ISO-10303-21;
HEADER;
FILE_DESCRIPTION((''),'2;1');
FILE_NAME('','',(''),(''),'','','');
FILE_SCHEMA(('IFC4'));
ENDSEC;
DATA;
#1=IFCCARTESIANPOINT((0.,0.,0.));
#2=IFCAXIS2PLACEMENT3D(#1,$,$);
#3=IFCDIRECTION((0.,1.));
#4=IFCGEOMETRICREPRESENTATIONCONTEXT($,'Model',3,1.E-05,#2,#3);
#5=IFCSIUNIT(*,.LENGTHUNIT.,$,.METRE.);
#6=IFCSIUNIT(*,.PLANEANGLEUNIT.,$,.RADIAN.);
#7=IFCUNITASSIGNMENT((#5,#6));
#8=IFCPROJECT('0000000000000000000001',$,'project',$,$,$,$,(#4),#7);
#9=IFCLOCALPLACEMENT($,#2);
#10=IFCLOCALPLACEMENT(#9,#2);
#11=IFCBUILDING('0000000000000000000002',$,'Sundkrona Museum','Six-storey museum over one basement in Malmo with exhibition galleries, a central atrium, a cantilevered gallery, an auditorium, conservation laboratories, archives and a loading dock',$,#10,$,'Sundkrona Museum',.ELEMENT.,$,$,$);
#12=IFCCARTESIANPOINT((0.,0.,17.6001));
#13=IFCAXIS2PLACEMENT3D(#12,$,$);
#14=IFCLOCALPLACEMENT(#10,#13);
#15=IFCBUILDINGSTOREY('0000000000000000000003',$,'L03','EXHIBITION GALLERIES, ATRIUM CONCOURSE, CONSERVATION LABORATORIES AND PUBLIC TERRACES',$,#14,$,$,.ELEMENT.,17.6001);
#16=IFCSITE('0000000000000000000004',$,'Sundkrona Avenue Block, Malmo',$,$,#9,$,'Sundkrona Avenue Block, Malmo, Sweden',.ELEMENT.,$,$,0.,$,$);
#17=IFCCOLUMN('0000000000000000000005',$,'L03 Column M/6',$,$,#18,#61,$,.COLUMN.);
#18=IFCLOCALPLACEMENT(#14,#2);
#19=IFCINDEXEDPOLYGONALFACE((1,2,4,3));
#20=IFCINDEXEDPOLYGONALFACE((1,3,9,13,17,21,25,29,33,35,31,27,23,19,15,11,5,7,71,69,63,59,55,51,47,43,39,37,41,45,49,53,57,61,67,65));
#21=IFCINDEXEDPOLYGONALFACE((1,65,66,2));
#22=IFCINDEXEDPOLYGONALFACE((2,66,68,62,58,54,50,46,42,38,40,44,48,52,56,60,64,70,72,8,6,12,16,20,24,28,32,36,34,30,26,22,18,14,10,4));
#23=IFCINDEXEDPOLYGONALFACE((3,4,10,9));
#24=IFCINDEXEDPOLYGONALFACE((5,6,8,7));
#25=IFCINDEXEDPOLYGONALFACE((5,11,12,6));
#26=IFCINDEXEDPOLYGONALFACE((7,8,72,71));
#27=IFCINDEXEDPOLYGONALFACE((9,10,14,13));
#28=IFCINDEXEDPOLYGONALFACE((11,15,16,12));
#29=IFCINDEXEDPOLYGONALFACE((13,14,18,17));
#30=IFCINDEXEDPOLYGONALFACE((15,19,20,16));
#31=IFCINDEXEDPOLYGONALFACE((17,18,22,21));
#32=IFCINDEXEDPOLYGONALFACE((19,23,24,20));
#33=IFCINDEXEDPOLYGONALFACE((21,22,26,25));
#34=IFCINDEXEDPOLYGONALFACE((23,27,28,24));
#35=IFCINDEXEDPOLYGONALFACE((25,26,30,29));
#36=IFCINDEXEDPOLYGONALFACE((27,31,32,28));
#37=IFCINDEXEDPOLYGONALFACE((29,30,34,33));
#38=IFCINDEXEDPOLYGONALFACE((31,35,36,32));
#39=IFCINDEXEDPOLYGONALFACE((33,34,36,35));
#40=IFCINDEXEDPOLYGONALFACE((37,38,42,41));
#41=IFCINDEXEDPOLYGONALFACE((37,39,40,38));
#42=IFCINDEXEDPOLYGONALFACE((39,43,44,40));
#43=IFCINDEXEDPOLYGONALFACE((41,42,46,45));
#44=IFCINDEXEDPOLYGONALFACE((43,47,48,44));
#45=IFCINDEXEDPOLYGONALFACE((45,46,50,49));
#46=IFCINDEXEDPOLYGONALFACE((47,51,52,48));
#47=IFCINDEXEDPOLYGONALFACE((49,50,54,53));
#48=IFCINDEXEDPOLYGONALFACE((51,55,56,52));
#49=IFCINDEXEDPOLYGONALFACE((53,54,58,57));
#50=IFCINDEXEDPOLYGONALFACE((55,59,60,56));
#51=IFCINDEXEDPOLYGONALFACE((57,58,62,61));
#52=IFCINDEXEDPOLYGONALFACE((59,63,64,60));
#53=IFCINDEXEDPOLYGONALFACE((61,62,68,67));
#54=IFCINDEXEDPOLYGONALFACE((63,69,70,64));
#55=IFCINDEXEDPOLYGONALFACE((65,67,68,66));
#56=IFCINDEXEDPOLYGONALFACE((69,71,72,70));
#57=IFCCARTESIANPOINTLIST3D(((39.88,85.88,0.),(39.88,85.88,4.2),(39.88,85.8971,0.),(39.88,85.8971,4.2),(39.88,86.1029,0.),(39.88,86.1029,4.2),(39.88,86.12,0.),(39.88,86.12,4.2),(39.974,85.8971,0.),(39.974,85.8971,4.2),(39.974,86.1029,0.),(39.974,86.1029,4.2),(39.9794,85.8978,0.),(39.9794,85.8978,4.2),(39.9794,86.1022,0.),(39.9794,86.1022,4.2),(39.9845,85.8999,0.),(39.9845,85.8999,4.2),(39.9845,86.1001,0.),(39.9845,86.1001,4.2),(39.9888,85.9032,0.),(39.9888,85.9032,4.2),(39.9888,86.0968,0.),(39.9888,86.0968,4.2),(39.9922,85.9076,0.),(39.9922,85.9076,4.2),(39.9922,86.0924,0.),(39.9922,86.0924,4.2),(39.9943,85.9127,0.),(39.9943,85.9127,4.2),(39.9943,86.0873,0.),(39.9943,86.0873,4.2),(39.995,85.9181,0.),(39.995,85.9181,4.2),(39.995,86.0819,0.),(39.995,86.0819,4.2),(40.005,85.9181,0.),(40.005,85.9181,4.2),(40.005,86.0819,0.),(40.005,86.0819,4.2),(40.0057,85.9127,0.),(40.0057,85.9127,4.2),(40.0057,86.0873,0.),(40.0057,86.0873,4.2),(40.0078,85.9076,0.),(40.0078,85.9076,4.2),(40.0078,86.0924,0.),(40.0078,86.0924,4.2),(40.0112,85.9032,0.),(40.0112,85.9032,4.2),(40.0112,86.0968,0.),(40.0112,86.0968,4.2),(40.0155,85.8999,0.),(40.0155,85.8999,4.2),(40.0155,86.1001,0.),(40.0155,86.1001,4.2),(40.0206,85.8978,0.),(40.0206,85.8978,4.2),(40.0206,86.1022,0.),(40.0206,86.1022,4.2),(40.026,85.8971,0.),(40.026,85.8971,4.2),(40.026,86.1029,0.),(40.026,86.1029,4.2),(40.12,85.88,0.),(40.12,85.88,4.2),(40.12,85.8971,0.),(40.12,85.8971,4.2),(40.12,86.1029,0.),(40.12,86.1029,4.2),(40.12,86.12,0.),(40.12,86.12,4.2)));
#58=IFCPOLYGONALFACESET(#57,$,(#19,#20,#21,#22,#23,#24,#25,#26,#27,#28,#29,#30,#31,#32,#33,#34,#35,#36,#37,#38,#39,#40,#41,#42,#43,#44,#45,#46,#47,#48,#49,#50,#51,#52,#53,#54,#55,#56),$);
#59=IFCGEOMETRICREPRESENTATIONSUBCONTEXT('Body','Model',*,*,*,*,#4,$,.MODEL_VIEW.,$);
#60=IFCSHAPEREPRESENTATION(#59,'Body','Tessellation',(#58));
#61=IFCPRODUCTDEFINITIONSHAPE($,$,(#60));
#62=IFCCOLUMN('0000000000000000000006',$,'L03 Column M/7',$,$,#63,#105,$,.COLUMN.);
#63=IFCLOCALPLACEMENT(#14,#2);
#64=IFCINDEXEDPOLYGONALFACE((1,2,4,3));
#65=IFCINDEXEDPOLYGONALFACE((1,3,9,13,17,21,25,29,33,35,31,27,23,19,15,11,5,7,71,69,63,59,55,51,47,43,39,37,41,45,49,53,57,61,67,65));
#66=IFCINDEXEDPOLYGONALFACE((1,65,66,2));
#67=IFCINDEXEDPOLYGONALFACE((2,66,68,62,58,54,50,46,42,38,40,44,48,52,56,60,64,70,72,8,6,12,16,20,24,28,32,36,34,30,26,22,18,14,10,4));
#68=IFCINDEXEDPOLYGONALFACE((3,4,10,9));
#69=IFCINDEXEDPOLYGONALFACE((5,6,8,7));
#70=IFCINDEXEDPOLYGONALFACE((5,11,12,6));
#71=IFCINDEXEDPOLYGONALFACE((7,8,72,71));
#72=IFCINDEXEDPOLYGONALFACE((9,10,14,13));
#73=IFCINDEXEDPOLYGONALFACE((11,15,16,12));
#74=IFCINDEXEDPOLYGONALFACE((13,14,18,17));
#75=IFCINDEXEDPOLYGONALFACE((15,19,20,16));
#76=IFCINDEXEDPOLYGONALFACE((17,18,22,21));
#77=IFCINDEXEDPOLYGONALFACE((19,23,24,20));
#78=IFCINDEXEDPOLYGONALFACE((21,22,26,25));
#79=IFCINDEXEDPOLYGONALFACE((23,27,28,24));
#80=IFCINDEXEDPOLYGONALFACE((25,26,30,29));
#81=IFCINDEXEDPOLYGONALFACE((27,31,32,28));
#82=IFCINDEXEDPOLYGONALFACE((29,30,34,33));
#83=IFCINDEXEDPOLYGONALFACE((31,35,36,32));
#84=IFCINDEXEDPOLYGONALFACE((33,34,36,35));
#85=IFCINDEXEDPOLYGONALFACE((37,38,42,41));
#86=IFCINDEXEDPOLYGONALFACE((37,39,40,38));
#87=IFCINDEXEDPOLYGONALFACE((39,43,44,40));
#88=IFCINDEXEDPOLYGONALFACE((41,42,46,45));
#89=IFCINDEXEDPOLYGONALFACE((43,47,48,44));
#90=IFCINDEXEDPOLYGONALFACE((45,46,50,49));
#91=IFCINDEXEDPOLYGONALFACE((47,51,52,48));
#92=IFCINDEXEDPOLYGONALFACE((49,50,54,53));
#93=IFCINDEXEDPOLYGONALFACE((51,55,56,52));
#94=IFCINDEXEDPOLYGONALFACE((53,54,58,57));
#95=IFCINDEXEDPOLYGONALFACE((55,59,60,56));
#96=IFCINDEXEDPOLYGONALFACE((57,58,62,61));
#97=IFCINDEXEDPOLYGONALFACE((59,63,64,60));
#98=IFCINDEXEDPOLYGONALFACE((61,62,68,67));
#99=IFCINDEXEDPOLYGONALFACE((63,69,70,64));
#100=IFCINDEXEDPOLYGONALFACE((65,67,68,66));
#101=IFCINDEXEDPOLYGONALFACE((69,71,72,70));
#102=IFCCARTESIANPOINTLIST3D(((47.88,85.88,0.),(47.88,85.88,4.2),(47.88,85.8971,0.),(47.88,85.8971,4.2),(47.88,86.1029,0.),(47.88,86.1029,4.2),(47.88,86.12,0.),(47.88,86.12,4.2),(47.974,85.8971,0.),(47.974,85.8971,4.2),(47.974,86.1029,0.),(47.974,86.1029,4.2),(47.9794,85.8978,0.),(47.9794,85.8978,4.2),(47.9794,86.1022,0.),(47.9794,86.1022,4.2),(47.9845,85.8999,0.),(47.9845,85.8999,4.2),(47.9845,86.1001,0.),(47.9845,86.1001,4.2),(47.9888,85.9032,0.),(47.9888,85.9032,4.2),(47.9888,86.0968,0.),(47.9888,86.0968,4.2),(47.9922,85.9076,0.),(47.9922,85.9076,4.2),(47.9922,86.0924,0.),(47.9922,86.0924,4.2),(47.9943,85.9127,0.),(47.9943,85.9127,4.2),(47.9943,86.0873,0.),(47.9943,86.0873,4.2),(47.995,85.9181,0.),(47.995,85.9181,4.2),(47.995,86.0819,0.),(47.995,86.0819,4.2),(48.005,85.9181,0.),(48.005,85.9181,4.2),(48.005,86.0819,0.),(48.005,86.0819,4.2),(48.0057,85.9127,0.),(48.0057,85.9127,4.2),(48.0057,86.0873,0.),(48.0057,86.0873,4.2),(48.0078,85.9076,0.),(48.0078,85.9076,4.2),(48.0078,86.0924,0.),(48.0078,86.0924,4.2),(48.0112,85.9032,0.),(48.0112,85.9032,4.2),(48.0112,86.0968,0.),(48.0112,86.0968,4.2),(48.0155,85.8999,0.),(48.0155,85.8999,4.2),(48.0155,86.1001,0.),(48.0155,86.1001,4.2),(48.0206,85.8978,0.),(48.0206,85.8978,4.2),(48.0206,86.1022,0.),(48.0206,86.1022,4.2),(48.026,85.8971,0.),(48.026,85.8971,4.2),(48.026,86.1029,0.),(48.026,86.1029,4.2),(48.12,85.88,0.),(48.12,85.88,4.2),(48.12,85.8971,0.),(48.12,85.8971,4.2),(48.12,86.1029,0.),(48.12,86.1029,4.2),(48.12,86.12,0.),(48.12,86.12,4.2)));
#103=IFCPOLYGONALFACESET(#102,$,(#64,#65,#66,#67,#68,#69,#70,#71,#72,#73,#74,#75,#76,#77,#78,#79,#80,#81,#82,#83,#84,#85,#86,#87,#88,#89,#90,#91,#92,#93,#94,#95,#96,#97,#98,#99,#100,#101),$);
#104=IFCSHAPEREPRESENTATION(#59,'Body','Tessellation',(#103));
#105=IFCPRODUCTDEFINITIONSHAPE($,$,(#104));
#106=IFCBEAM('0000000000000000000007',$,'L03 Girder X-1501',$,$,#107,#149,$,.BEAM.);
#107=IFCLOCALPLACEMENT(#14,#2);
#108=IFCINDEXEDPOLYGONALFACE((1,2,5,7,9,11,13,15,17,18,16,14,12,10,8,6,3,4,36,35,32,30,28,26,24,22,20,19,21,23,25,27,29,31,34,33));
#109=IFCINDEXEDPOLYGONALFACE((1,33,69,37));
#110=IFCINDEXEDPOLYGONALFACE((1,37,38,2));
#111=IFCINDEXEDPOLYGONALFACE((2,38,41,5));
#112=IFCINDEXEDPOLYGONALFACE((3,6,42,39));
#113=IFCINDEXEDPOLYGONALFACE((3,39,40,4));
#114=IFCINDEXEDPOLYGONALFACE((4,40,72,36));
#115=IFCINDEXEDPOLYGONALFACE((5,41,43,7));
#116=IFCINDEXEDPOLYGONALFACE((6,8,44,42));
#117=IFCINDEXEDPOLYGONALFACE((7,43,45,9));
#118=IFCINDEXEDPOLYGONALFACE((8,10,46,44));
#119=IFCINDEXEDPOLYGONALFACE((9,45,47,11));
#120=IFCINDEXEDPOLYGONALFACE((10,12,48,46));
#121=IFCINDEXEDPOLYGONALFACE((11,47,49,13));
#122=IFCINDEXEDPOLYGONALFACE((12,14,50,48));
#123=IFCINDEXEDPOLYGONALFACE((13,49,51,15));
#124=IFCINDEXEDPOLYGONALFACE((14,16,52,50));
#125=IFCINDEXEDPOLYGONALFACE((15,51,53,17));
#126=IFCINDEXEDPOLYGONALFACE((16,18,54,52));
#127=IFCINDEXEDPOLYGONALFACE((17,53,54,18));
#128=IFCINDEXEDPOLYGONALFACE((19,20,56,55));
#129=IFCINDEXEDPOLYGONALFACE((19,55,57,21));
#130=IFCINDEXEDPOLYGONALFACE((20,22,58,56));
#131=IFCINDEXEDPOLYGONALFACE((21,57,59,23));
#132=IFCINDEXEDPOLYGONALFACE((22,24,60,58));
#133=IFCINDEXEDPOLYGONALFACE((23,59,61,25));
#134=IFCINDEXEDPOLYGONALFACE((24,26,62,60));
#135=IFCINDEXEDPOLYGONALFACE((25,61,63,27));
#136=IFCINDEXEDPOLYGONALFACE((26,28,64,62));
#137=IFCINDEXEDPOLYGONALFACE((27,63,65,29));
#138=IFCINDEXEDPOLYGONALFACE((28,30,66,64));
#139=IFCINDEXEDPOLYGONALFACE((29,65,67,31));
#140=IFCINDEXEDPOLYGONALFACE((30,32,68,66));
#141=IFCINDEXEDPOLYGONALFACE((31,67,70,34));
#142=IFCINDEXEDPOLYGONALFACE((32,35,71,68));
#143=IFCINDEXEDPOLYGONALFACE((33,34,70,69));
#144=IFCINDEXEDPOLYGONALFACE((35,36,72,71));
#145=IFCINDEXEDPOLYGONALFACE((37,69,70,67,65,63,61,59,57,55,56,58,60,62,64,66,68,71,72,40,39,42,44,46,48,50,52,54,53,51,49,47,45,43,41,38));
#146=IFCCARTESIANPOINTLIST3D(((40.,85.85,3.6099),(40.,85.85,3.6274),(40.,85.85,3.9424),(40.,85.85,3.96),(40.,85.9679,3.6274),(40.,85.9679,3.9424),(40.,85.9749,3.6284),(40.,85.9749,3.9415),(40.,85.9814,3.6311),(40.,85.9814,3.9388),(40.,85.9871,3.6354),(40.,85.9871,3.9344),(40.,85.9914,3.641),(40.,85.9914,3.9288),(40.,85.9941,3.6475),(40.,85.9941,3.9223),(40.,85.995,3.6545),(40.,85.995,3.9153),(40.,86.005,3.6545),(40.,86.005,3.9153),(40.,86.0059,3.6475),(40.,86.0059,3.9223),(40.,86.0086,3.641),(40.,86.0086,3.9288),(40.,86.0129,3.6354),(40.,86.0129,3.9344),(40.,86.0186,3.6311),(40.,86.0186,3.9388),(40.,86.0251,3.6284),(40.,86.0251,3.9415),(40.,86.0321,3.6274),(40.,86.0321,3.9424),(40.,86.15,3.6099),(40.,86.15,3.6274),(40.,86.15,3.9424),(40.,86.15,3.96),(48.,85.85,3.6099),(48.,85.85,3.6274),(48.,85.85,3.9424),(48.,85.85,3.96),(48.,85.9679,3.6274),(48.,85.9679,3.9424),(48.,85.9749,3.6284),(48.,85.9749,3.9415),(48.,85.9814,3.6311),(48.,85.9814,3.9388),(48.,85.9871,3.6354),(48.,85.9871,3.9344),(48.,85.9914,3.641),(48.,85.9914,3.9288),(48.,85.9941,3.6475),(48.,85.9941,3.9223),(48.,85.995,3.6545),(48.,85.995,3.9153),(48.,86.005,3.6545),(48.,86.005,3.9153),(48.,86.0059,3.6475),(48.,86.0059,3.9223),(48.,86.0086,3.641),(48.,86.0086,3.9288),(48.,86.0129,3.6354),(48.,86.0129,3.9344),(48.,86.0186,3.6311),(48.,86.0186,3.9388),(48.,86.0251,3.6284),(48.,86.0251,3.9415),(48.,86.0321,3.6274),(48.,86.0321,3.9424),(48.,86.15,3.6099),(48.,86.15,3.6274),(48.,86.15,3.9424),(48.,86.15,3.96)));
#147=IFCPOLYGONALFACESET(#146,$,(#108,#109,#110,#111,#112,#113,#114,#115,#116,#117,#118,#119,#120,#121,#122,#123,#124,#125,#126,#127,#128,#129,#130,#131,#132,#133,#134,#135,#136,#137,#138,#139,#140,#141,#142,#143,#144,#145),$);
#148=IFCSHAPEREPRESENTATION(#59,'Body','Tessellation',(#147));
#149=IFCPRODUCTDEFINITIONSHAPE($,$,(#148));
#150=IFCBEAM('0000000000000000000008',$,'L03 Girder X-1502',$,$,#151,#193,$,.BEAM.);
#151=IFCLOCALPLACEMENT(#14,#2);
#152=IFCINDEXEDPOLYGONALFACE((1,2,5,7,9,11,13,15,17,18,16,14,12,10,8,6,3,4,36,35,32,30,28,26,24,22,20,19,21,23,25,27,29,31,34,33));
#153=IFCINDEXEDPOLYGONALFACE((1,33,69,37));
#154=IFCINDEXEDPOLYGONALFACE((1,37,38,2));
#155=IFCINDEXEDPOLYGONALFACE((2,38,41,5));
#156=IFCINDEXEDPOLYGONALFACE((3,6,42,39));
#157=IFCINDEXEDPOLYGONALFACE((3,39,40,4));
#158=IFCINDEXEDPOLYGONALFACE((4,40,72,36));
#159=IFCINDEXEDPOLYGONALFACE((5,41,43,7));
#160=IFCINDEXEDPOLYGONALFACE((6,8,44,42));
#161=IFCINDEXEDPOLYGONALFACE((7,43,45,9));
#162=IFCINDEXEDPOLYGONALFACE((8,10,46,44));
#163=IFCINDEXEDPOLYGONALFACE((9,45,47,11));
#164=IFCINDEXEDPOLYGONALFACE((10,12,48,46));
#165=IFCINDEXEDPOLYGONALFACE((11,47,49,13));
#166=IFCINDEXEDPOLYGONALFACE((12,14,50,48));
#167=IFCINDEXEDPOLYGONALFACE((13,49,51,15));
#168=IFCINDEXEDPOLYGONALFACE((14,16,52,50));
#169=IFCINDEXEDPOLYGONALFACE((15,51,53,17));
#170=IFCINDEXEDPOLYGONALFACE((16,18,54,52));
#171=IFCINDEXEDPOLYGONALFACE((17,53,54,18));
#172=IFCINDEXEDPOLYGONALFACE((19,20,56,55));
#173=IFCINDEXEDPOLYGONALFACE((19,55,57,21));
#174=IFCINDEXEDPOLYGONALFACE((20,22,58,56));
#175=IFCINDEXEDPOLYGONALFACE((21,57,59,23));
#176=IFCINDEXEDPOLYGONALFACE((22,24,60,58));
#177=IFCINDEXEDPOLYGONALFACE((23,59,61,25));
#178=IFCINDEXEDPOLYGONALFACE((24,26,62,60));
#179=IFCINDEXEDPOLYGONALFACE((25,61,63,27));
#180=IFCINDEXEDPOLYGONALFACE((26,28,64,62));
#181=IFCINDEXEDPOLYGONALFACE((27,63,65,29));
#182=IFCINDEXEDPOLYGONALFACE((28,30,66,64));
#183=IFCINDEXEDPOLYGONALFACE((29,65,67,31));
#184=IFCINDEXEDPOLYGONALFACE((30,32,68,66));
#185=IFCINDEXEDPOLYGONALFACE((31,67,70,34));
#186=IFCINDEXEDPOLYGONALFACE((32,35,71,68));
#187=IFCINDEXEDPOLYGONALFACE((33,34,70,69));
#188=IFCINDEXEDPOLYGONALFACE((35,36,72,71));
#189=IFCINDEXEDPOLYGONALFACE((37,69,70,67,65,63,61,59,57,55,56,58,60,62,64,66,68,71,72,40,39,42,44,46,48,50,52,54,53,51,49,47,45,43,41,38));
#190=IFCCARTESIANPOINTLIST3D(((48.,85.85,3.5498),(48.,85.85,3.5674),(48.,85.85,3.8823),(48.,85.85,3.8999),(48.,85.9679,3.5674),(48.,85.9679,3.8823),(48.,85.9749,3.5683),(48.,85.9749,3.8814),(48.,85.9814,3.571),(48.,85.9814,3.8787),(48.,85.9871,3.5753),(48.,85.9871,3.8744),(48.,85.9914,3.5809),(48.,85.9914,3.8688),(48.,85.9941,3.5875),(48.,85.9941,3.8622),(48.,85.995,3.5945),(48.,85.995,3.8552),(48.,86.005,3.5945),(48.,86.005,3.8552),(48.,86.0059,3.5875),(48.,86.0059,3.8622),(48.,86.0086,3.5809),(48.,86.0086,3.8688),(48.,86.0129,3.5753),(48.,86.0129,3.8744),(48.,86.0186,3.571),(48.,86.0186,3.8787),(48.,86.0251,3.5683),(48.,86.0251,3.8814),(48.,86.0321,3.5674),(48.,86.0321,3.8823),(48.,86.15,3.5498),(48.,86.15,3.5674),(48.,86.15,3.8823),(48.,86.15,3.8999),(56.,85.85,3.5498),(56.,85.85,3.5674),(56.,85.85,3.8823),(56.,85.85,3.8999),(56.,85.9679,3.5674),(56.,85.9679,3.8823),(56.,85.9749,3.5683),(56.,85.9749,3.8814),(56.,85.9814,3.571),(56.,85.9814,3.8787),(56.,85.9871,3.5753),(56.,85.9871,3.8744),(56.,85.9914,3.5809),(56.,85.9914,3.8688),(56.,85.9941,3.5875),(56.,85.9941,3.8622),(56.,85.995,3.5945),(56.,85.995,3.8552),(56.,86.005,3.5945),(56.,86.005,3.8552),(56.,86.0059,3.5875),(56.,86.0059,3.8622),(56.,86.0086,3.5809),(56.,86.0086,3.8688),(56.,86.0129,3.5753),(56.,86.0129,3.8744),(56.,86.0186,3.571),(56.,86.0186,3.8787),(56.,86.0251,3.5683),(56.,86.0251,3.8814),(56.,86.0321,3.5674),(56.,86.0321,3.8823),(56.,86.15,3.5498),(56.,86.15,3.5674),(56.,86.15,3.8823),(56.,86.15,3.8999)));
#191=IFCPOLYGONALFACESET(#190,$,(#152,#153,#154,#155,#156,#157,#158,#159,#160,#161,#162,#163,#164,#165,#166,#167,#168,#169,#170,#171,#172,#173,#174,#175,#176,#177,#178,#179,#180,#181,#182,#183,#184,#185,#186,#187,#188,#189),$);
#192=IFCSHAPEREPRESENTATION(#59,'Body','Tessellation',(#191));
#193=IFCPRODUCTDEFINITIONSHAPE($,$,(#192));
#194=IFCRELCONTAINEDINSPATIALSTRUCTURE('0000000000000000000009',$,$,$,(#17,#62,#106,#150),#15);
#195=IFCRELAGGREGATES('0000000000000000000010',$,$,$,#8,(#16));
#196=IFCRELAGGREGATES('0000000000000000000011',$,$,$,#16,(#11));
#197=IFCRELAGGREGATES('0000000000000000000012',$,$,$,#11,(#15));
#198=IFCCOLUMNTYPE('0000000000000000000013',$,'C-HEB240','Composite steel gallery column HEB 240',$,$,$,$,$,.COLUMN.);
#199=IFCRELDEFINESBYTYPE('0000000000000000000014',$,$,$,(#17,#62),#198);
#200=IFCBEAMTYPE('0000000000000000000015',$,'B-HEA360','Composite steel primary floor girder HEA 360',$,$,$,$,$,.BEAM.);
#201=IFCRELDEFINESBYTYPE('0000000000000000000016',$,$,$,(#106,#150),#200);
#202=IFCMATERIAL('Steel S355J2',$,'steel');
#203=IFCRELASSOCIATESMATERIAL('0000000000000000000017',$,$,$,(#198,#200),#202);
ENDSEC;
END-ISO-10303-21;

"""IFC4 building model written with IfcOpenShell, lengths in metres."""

from ifc_helpers import new_model, si_unit, direction, frame, origin, origin_2d, place, context, subcontext, project, spatial, i_section, extrude, material, material_profile, profile_set, type_object, element, save


model = new_model("IFC4")

# Units and contexts
model_context = context("Model", 3, precision=1e-05, world=origin(), true_north=direction((0.0, 1.0)))
body_context = subcontext(model_context, "Body", "Model", "MODEL_VIEW")
ifc_project = project(units=[si_unit("LENGTHUNIT", "METRE"), si_unit("PLANEANGLEUNIT", "RADIAN")], contexts=[model_context])

# Site, building, storey
site_placement = place(None, origin())
site = spatial("IfcSite", under=ifc_project, at=site_placement, Name="Sundkrona Avenue Block, Malmo", LongName="Sundkrona Avenue Block, Malmo, Sweden", CompositionType="ELEMENT", RefElevation=0.0)
building_placement = place(site_placement, origin())
building = spatial("IfcBuilding", under=site, at=building_placement, Name="Sundkrona Museum", Description="Six-storey museum over one basement in Malmo with exhibition galleries, a central atrium, a cantilevered gallery, an auditorium, conservation laboratories, archives and a loading dock", LongName="Sundkrona Museum", CompositionType="ELEMENT")
storey_placement = place(building_placement, frame((0.0, 0.0, 17.6001)))
storey = spatial("IfcBuildingStorey", under=building, at=storey_placement, Name="L03", Description="EXHIBITION GALLERIES, ATRIUM CONCOURSE, CONSERVATION LABORATORIES AND PUBLIC TERRACES", CompositionType="ELEMENT", Elevation=17.6001)

# Columns
ifc_material_1 = material(Name="Steel S355J2", Category="steel")
ifc_material_profile_1 = material_profile(ifc_material_1, i_section(OverallWidth=0.24, OverallDepth=0.24, WebThickness=0.01, FlangeThickness=0.0171, FilletRadius=0.021, at=origin_2d()), Name="HEB 240")
ifc_profile_set_1 = profile_set([ifc_material_profile_1], Name="Steel S355J2")
column_type = type_object("IfcColumnType", Name="C-HEB240", Description="Composite steel gallery column HEB 240", PredefinedType="COLUMN", material=ifc_profile_set_1)
for number, where, z_axis, x_axis, name in (
    (1, (40.0, 86.0, 0.0), (0.0, 0.0, 1.0), (1.0, 0.0, 0.0), "L03 Column M/6"),
    (2, (48.0, 86.0, 0.0), (0.0, 0.0, 1.0), (1.0, 0.0, 0.0), "L03 Column M/7"),
):
    element("IfcColumn", number, at=place(storey_placement, frame(where, z_axis=z_axis, x_axis=x_axis)), inside=storey, type_object=column_type, Name=name, PredefinedType="COLUMN", context=body_context, shape_type="SweptSolid", body=[
        extrude(i_section(OverallWidth=0.24, OverallDepth=0.24, WebThickness=0.01, FlangeThickness=0.0171, FilletRadius=0.021, at=origin_2d()), origin(), (0.0, 0.0, 1.0), 4.2),
    ])

# Beams
ifc_material_profile_2 = material_profile(ifc_material_1, i_section(OverallWidth=0.3, OverallDepth=0.3501, WebThickness=0.01, FlangeThickness=0.0176, FilletRadius=0.0271, at=origin_2d()), Name="HEA 360")
ifc_profile_set_2 = profile_set([ifc_material_profile_2], Name="Steel S355J2")
beam_type_1 = type_object("IfcBeamType", Name="B-HEA360", Description="Composite steel primary floor girder HEA 360", PredefinedType="BEAM", material=ifc_profile_set_2)
for number, where, z_axis, x_axis, name in (
    (3, (40.0, 86.0, 3.7849), (1.0, 0.0, 0.0), (0.0, 1.0, 0.0), "L03 Girder X-1501"),
    (4, (48.0, 86.0, 3.7249), (1.0, 0.0, 0.0), (0.0, 1.0, 0.0), "L03 Girder X-1502"),
):
    element("IfcBeam", number, at=place(storey_placement, frame(where, z_axis=z_axis, x_axis=x_axis)), inside=storey, type_object=beam_type_1, Name=name, PredefinedType="BEAM", context=body_context, shape_type="SweptSolid", body=[
        extrude(i_section(OverallWidth=0.3, OverallDepth=0.3501, WebThickness=0.01, FlangeThickness=0.0176, FilletRadius=0.0271, at=origin_2d()), origin(), (0.0, 0.0, 1.0), 8.0),
    ])

save(model, "model.ifc")
